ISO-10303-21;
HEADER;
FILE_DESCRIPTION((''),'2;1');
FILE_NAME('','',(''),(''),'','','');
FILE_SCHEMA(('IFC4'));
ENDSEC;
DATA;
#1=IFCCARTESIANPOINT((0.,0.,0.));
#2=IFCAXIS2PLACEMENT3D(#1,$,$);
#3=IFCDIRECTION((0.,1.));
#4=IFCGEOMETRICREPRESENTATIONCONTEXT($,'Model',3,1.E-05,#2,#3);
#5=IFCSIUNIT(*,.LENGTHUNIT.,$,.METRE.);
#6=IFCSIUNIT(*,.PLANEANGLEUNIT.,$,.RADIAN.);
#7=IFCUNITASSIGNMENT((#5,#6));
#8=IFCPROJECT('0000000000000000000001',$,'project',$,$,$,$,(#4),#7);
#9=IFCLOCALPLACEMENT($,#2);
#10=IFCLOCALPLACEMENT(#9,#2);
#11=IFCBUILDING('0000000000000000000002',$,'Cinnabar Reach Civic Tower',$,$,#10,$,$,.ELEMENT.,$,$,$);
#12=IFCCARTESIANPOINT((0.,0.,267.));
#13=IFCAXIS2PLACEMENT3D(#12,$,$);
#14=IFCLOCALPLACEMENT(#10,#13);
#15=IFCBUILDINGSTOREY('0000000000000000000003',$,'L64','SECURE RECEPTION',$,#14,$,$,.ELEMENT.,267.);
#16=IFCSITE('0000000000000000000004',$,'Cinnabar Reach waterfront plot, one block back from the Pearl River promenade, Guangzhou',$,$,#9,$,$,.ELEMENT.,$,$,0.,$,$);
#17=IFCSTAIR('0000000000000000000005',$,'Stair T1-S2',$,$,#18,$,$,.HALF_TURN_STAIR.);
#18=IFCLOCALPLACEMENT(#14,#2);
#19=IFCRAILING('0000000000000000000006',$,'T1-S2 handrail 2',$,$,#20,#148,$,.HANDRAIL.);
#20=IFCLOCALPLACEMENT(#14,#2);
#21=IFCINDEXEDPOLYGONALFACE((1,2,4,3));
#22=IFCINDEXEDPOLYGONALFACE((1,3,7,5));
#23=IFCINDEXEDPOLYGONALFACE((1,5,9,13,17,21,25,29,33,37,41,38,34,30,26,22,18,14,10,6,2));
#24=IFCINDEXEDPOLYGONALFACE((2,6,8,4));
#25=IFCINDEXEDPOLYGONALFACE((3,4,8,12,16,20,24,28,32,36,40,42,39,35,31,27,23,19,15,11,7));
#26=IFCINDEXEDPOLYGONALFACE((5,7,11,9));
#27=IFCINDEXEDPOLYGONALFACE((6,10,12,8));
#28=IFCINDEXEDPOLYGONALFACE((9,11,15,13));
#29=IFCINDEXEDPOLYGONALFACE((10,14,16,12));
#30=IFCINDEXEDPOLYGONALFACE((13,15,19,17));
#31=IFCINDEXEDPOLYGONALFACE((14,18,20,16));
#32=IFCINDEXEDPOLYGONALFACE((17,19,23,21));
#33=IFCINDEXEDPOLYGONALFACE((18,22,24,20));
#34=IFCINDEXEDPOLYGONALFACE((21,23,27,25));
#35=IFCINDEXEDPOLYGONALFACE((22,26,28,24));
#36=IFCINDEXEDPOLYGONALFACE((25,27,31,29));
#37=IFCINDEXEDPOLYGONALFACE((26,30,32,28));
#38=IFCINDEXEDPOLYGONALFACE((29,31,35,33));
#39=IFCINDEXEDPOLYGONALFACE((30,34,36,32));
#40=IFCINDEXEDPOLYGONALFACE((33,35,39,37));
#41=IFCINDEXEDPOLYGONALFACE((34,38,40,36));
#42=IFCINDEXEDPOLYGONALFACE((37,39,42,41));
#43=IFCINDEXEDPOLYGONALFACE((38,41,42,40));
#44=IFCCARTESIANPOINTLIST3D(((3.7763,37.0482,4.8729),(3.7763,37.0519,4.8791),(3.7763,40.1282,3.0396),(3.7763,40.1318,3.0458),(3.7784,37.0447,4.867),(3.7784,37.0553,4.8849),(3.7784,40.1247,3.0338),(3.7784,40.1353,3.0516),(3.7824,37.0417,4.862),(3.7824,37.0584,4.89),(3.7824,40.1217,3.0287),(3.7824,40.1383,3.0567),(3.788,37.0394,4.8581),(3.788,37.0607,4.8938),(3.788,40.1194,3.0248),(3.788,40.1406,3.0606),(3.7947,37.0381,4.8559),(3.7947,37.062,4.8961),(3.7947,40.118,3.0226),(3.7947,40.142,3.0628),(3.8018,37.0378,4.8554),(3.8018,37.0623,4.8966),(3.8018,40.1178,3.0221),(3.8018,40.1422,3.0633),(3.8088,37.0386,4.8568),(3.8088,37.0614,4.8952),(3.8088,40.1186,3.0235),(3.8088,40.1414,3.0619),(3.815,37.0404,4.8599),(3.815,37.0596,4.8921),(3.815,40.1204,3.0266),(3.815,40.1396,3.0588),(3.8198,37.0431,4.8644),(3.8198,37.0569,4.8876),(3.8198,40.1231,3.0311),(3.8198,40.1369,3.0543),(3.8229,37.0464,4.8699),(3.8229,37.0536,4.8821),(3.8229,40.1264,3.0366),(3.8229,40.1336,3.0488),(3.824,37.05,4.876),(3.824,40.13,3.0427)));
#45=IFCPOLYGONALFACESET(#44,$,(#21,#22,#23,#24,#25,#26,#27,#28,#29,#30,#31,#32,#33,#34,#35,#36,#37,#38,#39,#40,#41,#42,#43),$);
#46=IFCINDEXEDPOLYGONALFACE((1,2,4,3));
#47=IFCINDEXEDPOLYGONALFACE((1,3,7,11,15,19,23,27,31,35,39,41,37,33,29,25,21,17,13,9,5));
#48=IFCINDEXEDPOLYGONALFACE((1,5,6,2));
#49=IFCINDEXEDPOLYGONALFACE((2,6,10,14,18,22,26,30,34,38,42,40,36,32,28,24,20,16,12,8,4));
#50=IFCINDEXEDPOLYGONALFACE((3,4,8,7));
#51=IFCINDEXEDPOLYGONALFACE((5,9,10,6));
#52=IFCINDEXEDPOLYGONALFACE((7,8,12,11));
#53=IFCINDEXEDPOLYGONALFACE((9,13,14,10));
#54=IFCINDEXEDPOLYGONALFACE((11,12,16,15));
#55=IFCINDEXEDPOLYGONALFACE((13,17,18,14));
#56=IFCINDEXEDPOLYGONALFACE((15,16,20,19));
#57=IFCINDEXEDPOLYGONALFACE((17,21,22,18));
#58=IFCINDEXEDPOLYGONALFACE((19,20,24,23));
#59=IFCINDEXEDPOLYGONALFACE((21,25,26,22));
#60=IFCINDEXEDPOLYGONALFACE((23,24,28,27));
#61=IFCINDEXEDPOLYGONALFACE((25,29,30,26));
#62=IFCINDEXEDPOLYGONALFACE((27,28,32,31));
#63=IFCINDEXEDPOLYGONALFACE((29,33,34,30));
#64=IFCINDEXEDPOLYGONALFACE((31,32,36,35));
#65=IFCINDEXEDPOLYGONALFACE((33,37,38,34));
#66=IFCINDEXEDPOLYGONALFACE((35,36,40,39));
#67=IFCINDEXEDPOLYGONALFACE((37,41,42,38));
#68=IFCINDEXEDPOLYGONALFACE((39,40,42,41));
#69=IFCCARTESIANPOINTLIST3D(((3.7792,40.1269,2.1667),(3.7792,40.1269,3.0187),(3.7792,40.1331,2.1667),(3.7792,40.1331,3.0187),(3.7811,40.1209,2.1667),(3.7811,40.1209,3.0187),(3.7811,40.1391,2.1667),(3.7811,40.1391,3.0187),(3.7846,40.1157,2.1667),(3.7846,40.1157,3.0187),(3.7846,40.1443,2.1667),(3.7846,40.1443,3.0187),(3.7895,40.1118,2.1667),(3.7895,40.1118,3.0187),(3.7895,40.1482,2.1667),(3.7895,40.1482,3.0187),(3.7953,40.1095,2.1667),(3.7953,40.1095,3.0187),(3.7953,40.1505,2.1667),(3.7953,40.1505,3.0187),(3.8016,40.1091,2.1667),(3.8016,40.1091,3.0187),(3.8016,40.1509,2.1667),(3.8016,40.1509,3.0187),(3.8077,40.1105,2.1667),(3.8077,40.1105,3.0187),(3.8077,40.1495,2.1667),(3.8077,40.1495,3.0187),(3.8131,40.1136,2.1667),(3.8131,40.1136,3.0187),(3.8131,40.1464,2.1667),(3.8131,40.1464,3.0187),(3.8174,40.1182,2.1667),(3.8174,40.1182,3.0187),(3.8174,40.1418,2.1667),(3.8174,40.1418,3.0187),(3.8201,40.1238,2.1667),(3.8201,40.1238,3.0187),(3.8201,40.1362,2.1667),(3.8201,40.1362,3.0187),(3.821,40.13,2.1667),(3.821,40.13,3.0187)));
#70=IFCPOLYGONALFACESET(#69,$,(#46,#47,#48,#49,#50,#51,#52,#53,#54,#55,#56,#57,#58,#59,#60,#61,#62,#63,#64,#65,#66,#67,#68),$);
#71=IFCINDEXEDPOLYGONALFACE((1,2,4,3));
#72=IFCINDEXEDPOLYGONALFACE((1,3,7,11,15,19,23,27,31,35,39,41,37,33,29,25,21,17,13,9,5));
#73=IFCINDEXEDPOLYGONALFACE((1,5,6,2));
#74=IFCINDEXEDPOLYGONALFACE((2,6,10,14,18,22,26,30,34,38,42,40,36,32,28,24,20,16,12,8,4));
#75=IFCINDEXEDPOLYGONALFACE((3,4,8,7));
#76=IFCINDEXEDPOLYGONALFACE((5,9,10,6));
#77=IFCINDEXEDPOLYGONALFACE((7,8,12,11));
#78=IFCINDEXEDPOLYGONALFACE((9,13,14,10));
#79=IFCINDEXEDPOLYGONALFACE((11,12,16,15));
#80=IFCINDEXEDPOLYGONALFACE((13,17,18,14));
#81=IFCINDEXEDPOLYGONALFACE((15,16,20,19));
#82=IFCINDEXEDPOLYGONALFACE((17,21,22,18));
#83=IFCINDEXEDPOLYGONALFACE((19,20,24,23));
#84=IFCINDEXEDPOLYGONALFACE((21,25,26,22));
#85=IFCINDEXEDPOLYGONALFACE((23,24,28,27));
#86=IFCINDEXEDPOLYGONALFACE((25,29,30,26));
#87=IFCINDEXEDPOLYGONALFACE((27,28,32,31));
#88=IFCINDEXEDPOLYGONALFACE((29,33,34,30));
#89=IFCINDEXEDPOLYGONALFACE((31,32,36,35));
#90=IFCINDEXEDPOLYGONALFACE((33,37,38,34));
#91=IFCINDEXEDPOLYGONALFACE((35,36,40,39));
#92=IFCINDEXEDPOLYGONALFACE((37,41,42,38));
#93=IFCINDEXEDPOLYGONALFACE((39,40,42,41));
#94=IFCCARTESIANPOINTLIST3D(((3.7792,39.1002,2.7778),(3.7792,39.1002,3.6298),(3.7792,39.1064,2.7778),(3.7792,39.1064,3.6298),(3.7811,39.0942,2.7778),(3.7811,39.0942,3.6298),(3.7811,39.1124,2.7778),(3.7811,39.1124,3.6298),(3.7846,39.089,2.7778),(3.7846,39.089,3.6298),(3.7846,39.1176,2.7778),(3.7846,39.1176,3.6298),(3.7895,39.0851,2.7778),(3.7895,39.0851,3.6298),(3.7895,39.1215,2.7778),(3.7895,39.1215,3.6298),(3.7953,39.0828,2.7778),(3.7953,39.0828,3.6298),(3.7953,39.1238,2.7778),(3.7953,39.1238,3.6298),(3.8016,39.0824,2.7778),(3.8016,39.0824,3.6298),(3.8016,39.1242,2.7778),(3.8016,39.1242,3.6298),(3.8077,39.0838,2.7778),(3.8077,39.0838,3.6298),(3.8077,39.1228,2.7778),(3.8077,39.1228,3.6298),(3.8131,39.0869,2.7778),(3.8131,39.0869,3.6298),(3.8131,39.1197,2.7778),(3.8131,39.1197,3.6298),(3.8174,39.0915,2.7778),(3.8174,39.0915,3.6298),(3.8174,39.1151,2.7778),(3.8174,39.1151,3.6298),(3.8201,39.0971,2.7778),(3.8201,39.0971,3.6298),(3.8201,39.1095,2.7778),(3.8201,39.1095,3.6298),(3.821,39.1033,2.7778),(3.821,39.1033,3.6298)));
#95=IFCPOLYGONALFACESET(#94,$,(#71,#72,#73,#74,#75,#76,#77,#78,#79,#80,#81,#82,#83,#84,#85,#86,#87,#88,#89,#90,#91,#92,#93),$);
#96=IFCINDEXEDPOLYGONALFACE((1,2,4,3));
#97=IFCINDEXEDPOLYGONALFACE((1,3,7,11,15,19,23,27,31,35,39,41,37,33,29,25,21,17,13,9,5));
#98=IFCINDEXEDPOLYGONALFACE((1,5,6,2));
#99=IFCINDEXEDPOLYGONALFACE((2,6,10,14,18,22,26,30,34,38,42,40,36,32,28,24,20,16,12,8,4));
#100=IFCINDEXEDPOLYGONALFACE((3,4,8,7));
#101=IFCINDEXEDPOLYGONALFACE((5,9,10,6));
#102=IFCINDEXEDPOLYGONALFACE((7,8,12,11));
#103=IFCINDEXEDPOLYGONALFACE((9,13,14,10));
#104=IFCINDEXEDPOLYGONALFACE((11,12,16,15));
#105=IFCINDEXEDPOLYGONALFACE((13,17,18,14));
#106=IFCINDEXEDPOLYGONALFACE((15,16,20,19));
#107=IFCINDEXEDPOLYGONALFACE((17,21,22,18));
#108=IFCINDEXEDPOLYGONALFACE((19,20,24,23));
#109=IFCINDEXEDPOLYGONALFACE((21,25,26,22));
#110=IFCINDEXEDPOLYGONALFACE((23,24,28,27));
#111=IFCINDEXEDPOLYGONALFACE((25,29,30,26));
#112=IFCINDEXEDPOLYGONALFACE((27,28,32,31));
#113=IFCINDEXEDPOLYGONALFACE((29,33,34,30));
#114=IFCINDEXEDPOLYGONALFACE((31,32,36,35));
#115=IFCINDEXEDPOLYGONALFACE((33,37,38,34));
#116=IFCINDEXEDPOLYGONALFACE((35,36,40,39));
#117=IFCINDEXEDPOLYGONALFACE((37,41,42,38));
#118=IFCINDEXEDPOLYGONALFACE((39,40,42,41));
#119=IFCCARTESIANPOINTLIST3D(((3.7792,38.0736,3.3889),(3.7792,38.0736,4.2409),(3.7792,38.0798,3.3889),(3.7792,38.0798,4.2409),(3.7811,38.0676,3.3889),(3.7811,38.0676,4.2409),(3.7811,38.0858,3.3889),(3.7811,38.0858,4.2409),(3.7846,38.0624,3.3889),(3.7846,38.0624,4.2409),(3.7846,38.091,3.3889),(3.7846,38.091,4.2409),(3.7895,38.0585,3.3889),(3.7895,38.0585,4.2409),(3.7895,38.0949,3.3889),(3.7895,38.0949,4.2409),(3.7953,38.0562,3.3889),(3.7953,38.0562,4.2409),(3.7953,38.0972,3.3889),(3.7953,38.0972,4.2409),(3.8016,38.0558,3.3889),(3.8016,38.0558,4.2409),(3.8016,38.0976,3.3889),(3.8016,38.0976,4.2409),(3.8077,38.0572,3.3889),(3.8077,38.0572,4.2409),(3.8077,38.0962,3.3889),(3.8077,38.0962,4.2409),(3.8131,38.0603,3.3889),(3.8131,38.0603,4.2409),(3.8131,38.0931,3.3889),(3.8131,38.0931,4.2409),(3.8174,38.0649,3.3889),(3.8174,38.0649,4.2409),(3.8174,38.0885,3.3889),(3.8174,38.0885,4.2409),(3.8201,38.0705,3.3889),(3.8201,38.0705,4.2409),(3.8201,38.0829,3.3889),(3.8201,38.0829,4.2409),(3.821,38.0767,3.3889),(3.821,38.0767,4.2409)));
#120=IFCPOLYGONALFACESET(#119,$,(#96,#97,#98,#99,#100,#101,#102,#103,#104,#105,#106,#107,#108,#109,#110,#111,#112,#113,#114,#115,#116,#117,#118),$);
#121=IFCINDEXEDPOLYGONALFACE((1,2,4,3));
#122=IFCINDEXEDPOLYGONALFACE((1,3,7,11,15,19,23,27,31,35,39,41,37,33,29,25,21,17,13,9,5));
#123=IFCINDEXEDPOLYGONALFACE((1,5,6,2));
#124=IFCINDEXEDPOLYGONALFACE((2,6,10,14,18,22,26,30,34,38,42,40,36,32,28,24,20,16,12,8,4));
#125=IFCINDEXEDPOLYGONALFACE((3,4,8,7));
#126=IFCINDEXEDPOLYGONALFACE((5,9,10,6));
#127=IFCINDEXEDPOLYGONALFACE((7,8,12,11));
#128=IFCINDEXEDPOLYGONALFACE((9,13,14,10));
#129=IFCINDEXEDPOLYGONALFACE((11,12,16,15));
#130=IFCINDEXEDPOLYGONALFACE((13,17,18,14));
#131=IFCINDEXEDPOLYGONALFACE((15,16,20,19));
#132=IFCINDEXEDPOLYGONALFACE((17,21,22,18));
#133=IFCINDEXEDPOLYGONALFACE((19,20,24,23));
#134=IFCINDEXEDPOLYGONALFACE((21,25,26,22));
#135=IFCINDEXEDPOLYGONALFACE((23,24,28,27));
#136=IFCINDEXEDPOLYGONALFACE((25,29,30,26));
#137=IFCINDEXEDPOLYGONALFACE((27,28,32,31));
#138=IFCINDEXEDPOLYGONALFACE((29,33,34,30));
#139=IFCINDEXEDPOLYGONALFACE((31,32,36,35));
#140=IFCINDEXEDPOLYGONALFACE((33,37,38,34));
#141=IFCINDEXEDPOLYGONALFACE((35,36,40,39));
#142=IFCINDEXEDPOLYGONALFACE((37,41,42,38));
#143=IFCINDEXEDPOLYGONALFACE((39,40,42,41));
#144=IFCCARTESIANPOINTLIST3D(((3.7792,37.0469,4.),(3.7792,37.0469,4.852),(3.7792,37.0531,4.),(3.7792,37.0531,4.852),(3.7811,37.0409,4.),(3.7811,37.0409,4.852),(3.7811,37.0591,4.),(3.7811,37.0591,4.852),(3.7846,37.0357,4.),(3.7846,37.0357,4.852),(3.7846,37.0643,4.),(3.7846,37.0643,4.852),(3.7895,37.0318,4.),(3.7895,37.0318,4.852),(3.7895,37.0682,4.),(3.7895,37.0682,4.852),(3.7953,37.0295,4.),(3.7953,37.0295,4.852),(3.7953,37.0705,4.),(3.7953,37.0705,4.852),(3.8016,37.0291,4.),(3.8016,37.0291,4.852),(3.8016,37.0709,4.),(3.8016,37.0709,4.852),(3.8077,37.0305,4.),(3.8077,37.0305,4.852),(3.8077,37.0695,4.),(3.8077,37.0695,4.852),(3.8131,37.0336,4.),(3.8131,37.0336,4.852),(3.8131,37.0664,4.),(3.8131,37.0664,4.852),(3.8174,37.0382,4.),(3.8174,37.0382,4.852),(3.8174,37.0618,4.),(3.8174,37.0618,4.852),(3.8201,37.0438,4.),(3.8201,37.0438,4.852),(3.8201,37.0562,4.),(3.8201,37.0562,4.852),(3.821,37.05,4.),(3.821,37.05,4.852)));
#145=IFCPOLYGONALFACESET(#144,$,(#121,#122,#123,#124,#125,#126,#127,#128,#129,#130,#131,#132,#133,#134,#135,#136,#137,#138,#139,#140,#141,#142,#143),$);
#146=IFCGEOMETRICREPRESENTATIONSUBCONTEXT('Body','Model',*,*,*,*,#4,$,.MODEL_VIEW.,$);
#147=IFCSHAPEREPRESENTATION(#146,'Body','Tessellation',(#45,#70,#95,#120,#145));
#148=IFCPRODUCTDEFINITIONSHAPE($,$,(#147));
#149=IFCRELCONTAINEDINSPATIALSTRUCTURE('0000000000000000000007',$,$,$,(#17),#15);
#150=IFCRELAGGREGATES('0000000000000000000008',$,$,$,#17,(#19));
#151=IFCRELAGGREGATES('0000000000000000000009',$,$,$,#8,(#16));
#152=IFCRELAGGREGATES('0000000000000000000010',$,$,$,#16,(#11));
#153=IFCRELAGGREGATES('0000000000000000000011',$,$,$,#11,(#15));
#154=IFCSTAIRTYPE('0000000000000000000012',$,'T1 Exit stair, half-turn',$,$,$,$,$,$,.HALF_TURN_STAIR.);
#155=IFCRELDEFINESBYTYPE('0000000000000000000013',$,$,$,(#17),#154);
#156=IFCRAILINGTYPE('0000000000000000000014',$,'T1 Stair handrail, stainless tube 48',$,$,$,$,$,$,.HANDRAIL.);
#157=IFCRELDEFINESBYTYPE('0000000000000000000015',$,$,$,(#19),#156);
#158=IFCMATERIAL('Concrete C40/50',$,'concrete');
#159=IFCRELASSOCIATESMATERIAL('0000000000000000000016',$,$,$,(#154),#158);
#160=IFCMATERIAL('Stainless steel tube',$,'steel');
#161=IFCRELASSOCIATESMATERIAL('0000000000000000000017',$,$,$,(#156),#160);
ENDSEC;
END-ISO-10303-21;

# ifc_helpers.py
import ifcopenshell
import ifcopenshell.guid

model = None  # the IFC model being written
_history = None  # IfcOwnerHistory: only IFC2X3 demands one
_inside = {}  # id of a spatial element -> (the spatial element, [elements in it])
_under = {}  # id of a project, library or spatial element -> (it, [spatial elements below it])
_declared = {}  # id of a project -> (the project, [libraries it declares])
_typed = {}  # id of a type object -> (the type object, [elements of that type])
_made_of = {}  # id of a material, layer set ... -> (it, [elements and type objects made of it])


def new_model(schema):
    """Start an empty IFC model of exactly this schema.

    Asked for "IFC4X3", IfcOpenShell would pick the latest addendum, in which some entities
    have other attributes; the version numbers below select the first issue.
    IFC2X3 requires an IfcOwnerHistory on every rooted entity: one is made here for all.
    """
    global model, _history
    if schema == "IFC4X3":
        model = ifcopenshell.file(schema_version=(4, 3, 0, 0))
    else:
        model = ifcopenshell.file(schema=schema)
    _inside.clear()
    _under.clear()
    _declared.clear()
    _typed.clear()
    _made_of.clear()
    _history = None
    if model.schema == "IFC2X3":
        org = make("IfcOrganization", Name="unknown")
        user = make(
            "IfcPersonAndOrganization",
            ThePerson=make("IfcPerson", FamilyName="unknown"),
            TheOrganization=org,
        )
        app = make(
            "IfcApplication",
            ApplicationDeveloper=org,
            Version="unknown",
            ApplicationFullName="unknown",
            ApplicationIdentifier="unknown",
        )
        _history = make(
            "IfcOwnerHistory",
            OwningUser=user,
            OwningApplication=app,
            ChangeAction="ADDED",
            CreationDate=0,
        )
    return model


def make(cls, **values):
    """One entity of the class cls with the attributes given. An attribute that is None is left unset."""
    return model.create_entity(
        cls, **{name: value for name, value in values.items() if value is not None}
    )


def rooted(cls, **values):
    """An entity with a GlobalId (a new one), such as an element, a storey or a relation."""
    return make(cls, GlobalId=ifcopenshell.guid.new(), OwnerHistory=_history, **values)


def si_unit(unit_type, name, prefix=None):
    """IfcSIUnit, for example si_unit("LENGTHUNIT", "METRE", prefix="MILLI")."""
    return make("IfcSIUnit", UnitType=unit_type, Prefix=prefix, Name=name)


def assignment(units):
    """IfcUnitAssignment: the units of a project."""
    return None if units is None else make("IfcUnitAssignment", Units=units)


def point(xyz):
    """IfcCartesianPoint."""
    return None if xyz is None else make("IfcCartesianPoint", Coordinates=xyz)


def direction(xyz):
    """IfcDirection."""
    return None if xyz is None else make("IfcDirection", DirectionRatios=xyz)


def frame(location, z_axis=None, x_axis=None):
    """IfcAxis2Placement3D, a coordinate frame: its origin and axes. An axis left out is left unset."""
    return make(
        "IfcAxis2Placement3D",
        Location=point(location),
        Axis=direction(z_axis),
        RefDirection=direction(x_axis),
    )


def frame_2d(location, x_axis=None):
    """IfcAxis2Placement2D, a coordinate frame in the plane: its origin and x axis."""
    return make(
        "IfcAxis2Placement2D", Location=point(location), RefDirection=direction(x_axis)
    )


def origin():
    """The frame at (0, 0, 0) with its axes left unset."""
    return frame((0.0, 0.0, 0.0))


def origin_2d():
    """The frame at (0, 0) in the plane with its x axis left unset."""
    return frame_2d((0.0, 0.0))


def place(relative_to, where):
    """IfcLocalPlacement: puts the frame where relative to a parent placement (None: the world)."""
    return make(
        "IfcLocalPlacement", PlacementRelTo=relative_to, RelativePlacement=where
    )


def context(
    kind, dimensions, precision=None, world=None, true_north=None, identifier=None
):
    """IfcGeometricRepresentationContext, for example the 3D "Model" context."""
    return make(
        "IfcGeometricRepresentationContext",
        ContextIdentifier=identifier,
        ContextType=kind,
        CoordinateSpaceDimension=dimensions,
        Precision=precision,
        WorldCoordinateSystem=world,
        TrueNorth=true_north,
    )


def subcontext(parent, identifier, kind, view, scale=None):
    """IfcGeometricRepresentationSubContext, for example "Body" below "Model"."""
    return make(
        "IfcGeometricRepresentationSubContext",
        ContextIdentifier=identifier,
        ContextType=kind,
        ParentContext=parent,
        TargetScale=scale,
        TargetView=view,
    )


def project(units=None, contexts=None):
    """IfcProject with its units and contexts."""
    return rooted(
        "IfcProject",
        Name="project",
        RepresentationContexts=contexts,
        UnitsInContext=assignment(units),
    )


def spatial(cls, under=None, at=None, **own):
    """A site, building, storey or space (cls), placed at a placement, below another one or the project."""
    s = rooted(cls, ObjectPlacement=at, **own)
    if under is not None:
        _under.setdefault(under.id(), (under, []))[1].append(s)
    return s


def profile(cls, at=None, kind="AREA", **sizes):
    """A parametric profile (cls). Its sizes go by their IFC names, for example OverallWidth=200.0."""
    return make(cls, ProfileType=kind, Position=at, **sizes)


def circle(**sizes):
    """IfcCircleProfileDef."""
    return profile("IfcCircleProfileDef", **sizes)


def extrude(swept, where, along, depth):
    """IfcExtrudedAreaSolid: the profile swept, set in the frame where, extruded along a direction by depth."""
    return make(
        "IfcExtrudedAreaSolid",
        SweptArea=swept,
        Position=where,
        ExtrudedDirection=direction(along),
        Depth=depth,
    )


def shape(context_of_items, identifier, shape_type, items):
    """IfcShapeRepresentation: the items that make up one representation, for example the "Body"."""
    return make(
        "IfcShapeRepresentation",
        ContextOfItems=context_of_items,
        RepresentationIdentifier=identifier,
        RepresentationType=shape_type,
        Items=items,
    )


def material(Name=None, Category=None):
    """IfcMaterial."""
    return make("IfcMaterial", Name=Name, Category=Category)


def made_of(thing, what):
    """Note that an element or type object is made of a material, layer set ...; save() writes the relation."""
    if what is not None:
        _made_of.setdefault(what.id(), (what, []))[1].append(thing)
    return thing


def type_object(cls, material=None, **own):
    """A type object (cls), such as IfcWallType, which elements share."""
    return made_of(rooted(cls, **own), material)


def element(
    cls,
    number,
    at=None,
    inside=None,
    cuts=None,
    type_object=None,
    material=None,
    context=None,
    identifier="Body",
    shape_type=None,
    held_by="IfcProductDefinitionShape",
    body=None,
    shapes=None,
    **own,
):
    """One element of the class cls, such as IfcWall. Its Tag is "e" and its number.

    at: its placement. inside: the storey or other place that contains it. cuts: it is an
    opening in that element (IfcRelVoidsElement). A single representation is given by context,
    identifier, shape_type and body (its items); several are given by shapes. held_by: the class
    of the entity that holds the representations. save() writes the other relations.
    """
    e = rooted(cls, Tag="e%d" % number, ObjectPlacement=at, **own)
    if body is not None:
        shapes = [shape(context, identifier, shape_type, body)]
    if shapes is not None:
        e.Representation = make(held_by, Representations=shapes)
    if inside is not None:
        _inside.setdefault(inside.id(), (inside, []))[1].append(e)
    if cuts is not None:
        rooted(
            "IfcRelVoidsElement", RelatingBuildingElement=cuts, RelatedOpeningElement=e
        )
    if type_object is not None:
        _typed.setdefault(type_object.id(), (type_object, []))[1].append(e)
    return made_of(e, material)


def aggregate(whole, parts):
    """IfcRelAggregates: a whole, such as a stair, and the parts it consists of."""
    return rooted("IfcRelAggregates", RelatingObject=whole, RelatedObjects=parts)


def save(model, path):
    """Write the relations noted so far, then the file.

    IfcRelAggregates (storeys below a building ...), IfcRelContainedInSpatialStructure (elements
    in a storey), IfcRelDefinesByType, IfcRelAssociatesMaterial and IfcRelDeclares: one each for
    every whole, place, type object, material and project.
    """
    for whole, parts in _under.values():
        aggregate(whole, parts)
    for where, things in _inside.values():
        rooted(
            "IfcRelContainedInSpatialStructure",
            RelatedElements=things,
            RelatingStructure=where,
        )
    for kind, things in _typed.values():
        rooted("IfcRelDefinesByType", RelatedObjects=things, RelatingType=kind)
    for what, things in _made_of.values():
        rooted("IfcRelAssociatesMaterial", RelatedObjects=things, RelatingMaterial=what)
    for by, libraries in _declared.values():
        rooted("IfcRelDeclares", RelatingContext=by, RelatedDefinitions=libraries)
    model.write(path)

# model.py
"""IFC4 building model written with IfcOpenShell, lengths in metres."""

from ifc_helpers import new_model, si_unit, direction, frame, origin, origin_2d, place, context, subcontext, project, spatial, circle, extrude, material, type_object, element, aggregate, save


model = new_model("IFC4")

# Units and contexts
model_context = context("Model", 3, precision=1e-05, world=origin(), true_north=direction((0.0, 1.0)))
body_context = subcontext(model_context, "Body", "Model", "MODEL_VIEW")
ifc_project = project(units=[si_unit("LENGTHUNIT", "METRE"), si_unit("PLANEANGLEUNIT", "RADIAN")], contexts=[model_context])

# Site, building, storey
site_placement = place(None, origin())
site = spatial("IfcSite", under=ifc_project, at=site_placement, Name="Cinnabar Reach waterfront plot, one block back from the Pearl River promenade, Guangzhou", CompositionType="ELEMENT", RefElevation=0.0)
building_placement = place(site_placement, origin())
building = spatial("IfcBuilding", under=site, at=building_placement, Name="Cinnabar Reach Civic Tower", CompositionType="ELEMENT")
storey_placement = place(building_placement, frame((0.0, 0.0, 267.0)))
storey = spatial("IfcBuildingStorey", under=building, at=storey_placement, Name="L64", Description="SECURE RECEPTION", CompositionType="ELEMENT", Elevation=267.0)

# Shared definitions
ifc_material_1 = material(Name="Concrete C40/50", Category="concrete")

# Stair, railing
stair_type = type_object("IfcStairType", Name="T1 Exit stair, half-turn", PredefinedType="HALF_TURN_STAIR", material=ifc_material_1)
stair_placement = place(storey_placement, origin())
stair = element("IfcStair", 1, at=stair_placement, inside=storey, type_object=stair_type, Name="Stair T1-S2", PredefinedType="HALF_TURN_STAIR")
ifc_material_2 = material(Name="Stainless steel tube", Category="steel")
railing_type = type_object("IfcRailingType", Name="T1 Stair handrail, stainless tube 48", PredefinedType="HANDRAIL", material=ifc_material_2)
railing_1_placement = place(storey_placement, frame((3.8, 40.13, 2.1667)))
railing_1 = element("IfcRailing", 2, at=railing_1_placement, type_object=railing_type, Name="T1-S2 handrail 2", PredefinedType="HANDRAIL", context=body_context, shape_type="SweptSolid", body=[
    extrude(circle(Radius=0.024, at=origin_2d()), frame((0.0, 0.0, 0.876), z_axis=(0.0, -0.859297, 0.511477), x_axis=(1.0, 0.0, 0.0)), (0.0, 0.0, 1.0), 3.5843),
    extrude(circle(Radius=0.021, at=origin_2d()), origin(), (0.0, 0.0, 1.0), 0.852),
    extrude(circle(Radius=0.021, at=origin_2d()), frame((0.0, -1.0267, 0.6111)), (0.0, 0.0, 1.0), 0.852),
    extrude(circle(Radius=0.021, at=origin_2d()), frame((0.0, -2.0533, 1.2222)), (0.0, 0.0, 1.0), 0.852),
    extrude(circle(Radius=0.021, at=origin_2d()), frame((0.0, -3.08, 1.8333)), (0.0, 0.0, 1.0), 0.852),
])
aggregate(stair, [railing_1])

save(model, "model.ifc")
